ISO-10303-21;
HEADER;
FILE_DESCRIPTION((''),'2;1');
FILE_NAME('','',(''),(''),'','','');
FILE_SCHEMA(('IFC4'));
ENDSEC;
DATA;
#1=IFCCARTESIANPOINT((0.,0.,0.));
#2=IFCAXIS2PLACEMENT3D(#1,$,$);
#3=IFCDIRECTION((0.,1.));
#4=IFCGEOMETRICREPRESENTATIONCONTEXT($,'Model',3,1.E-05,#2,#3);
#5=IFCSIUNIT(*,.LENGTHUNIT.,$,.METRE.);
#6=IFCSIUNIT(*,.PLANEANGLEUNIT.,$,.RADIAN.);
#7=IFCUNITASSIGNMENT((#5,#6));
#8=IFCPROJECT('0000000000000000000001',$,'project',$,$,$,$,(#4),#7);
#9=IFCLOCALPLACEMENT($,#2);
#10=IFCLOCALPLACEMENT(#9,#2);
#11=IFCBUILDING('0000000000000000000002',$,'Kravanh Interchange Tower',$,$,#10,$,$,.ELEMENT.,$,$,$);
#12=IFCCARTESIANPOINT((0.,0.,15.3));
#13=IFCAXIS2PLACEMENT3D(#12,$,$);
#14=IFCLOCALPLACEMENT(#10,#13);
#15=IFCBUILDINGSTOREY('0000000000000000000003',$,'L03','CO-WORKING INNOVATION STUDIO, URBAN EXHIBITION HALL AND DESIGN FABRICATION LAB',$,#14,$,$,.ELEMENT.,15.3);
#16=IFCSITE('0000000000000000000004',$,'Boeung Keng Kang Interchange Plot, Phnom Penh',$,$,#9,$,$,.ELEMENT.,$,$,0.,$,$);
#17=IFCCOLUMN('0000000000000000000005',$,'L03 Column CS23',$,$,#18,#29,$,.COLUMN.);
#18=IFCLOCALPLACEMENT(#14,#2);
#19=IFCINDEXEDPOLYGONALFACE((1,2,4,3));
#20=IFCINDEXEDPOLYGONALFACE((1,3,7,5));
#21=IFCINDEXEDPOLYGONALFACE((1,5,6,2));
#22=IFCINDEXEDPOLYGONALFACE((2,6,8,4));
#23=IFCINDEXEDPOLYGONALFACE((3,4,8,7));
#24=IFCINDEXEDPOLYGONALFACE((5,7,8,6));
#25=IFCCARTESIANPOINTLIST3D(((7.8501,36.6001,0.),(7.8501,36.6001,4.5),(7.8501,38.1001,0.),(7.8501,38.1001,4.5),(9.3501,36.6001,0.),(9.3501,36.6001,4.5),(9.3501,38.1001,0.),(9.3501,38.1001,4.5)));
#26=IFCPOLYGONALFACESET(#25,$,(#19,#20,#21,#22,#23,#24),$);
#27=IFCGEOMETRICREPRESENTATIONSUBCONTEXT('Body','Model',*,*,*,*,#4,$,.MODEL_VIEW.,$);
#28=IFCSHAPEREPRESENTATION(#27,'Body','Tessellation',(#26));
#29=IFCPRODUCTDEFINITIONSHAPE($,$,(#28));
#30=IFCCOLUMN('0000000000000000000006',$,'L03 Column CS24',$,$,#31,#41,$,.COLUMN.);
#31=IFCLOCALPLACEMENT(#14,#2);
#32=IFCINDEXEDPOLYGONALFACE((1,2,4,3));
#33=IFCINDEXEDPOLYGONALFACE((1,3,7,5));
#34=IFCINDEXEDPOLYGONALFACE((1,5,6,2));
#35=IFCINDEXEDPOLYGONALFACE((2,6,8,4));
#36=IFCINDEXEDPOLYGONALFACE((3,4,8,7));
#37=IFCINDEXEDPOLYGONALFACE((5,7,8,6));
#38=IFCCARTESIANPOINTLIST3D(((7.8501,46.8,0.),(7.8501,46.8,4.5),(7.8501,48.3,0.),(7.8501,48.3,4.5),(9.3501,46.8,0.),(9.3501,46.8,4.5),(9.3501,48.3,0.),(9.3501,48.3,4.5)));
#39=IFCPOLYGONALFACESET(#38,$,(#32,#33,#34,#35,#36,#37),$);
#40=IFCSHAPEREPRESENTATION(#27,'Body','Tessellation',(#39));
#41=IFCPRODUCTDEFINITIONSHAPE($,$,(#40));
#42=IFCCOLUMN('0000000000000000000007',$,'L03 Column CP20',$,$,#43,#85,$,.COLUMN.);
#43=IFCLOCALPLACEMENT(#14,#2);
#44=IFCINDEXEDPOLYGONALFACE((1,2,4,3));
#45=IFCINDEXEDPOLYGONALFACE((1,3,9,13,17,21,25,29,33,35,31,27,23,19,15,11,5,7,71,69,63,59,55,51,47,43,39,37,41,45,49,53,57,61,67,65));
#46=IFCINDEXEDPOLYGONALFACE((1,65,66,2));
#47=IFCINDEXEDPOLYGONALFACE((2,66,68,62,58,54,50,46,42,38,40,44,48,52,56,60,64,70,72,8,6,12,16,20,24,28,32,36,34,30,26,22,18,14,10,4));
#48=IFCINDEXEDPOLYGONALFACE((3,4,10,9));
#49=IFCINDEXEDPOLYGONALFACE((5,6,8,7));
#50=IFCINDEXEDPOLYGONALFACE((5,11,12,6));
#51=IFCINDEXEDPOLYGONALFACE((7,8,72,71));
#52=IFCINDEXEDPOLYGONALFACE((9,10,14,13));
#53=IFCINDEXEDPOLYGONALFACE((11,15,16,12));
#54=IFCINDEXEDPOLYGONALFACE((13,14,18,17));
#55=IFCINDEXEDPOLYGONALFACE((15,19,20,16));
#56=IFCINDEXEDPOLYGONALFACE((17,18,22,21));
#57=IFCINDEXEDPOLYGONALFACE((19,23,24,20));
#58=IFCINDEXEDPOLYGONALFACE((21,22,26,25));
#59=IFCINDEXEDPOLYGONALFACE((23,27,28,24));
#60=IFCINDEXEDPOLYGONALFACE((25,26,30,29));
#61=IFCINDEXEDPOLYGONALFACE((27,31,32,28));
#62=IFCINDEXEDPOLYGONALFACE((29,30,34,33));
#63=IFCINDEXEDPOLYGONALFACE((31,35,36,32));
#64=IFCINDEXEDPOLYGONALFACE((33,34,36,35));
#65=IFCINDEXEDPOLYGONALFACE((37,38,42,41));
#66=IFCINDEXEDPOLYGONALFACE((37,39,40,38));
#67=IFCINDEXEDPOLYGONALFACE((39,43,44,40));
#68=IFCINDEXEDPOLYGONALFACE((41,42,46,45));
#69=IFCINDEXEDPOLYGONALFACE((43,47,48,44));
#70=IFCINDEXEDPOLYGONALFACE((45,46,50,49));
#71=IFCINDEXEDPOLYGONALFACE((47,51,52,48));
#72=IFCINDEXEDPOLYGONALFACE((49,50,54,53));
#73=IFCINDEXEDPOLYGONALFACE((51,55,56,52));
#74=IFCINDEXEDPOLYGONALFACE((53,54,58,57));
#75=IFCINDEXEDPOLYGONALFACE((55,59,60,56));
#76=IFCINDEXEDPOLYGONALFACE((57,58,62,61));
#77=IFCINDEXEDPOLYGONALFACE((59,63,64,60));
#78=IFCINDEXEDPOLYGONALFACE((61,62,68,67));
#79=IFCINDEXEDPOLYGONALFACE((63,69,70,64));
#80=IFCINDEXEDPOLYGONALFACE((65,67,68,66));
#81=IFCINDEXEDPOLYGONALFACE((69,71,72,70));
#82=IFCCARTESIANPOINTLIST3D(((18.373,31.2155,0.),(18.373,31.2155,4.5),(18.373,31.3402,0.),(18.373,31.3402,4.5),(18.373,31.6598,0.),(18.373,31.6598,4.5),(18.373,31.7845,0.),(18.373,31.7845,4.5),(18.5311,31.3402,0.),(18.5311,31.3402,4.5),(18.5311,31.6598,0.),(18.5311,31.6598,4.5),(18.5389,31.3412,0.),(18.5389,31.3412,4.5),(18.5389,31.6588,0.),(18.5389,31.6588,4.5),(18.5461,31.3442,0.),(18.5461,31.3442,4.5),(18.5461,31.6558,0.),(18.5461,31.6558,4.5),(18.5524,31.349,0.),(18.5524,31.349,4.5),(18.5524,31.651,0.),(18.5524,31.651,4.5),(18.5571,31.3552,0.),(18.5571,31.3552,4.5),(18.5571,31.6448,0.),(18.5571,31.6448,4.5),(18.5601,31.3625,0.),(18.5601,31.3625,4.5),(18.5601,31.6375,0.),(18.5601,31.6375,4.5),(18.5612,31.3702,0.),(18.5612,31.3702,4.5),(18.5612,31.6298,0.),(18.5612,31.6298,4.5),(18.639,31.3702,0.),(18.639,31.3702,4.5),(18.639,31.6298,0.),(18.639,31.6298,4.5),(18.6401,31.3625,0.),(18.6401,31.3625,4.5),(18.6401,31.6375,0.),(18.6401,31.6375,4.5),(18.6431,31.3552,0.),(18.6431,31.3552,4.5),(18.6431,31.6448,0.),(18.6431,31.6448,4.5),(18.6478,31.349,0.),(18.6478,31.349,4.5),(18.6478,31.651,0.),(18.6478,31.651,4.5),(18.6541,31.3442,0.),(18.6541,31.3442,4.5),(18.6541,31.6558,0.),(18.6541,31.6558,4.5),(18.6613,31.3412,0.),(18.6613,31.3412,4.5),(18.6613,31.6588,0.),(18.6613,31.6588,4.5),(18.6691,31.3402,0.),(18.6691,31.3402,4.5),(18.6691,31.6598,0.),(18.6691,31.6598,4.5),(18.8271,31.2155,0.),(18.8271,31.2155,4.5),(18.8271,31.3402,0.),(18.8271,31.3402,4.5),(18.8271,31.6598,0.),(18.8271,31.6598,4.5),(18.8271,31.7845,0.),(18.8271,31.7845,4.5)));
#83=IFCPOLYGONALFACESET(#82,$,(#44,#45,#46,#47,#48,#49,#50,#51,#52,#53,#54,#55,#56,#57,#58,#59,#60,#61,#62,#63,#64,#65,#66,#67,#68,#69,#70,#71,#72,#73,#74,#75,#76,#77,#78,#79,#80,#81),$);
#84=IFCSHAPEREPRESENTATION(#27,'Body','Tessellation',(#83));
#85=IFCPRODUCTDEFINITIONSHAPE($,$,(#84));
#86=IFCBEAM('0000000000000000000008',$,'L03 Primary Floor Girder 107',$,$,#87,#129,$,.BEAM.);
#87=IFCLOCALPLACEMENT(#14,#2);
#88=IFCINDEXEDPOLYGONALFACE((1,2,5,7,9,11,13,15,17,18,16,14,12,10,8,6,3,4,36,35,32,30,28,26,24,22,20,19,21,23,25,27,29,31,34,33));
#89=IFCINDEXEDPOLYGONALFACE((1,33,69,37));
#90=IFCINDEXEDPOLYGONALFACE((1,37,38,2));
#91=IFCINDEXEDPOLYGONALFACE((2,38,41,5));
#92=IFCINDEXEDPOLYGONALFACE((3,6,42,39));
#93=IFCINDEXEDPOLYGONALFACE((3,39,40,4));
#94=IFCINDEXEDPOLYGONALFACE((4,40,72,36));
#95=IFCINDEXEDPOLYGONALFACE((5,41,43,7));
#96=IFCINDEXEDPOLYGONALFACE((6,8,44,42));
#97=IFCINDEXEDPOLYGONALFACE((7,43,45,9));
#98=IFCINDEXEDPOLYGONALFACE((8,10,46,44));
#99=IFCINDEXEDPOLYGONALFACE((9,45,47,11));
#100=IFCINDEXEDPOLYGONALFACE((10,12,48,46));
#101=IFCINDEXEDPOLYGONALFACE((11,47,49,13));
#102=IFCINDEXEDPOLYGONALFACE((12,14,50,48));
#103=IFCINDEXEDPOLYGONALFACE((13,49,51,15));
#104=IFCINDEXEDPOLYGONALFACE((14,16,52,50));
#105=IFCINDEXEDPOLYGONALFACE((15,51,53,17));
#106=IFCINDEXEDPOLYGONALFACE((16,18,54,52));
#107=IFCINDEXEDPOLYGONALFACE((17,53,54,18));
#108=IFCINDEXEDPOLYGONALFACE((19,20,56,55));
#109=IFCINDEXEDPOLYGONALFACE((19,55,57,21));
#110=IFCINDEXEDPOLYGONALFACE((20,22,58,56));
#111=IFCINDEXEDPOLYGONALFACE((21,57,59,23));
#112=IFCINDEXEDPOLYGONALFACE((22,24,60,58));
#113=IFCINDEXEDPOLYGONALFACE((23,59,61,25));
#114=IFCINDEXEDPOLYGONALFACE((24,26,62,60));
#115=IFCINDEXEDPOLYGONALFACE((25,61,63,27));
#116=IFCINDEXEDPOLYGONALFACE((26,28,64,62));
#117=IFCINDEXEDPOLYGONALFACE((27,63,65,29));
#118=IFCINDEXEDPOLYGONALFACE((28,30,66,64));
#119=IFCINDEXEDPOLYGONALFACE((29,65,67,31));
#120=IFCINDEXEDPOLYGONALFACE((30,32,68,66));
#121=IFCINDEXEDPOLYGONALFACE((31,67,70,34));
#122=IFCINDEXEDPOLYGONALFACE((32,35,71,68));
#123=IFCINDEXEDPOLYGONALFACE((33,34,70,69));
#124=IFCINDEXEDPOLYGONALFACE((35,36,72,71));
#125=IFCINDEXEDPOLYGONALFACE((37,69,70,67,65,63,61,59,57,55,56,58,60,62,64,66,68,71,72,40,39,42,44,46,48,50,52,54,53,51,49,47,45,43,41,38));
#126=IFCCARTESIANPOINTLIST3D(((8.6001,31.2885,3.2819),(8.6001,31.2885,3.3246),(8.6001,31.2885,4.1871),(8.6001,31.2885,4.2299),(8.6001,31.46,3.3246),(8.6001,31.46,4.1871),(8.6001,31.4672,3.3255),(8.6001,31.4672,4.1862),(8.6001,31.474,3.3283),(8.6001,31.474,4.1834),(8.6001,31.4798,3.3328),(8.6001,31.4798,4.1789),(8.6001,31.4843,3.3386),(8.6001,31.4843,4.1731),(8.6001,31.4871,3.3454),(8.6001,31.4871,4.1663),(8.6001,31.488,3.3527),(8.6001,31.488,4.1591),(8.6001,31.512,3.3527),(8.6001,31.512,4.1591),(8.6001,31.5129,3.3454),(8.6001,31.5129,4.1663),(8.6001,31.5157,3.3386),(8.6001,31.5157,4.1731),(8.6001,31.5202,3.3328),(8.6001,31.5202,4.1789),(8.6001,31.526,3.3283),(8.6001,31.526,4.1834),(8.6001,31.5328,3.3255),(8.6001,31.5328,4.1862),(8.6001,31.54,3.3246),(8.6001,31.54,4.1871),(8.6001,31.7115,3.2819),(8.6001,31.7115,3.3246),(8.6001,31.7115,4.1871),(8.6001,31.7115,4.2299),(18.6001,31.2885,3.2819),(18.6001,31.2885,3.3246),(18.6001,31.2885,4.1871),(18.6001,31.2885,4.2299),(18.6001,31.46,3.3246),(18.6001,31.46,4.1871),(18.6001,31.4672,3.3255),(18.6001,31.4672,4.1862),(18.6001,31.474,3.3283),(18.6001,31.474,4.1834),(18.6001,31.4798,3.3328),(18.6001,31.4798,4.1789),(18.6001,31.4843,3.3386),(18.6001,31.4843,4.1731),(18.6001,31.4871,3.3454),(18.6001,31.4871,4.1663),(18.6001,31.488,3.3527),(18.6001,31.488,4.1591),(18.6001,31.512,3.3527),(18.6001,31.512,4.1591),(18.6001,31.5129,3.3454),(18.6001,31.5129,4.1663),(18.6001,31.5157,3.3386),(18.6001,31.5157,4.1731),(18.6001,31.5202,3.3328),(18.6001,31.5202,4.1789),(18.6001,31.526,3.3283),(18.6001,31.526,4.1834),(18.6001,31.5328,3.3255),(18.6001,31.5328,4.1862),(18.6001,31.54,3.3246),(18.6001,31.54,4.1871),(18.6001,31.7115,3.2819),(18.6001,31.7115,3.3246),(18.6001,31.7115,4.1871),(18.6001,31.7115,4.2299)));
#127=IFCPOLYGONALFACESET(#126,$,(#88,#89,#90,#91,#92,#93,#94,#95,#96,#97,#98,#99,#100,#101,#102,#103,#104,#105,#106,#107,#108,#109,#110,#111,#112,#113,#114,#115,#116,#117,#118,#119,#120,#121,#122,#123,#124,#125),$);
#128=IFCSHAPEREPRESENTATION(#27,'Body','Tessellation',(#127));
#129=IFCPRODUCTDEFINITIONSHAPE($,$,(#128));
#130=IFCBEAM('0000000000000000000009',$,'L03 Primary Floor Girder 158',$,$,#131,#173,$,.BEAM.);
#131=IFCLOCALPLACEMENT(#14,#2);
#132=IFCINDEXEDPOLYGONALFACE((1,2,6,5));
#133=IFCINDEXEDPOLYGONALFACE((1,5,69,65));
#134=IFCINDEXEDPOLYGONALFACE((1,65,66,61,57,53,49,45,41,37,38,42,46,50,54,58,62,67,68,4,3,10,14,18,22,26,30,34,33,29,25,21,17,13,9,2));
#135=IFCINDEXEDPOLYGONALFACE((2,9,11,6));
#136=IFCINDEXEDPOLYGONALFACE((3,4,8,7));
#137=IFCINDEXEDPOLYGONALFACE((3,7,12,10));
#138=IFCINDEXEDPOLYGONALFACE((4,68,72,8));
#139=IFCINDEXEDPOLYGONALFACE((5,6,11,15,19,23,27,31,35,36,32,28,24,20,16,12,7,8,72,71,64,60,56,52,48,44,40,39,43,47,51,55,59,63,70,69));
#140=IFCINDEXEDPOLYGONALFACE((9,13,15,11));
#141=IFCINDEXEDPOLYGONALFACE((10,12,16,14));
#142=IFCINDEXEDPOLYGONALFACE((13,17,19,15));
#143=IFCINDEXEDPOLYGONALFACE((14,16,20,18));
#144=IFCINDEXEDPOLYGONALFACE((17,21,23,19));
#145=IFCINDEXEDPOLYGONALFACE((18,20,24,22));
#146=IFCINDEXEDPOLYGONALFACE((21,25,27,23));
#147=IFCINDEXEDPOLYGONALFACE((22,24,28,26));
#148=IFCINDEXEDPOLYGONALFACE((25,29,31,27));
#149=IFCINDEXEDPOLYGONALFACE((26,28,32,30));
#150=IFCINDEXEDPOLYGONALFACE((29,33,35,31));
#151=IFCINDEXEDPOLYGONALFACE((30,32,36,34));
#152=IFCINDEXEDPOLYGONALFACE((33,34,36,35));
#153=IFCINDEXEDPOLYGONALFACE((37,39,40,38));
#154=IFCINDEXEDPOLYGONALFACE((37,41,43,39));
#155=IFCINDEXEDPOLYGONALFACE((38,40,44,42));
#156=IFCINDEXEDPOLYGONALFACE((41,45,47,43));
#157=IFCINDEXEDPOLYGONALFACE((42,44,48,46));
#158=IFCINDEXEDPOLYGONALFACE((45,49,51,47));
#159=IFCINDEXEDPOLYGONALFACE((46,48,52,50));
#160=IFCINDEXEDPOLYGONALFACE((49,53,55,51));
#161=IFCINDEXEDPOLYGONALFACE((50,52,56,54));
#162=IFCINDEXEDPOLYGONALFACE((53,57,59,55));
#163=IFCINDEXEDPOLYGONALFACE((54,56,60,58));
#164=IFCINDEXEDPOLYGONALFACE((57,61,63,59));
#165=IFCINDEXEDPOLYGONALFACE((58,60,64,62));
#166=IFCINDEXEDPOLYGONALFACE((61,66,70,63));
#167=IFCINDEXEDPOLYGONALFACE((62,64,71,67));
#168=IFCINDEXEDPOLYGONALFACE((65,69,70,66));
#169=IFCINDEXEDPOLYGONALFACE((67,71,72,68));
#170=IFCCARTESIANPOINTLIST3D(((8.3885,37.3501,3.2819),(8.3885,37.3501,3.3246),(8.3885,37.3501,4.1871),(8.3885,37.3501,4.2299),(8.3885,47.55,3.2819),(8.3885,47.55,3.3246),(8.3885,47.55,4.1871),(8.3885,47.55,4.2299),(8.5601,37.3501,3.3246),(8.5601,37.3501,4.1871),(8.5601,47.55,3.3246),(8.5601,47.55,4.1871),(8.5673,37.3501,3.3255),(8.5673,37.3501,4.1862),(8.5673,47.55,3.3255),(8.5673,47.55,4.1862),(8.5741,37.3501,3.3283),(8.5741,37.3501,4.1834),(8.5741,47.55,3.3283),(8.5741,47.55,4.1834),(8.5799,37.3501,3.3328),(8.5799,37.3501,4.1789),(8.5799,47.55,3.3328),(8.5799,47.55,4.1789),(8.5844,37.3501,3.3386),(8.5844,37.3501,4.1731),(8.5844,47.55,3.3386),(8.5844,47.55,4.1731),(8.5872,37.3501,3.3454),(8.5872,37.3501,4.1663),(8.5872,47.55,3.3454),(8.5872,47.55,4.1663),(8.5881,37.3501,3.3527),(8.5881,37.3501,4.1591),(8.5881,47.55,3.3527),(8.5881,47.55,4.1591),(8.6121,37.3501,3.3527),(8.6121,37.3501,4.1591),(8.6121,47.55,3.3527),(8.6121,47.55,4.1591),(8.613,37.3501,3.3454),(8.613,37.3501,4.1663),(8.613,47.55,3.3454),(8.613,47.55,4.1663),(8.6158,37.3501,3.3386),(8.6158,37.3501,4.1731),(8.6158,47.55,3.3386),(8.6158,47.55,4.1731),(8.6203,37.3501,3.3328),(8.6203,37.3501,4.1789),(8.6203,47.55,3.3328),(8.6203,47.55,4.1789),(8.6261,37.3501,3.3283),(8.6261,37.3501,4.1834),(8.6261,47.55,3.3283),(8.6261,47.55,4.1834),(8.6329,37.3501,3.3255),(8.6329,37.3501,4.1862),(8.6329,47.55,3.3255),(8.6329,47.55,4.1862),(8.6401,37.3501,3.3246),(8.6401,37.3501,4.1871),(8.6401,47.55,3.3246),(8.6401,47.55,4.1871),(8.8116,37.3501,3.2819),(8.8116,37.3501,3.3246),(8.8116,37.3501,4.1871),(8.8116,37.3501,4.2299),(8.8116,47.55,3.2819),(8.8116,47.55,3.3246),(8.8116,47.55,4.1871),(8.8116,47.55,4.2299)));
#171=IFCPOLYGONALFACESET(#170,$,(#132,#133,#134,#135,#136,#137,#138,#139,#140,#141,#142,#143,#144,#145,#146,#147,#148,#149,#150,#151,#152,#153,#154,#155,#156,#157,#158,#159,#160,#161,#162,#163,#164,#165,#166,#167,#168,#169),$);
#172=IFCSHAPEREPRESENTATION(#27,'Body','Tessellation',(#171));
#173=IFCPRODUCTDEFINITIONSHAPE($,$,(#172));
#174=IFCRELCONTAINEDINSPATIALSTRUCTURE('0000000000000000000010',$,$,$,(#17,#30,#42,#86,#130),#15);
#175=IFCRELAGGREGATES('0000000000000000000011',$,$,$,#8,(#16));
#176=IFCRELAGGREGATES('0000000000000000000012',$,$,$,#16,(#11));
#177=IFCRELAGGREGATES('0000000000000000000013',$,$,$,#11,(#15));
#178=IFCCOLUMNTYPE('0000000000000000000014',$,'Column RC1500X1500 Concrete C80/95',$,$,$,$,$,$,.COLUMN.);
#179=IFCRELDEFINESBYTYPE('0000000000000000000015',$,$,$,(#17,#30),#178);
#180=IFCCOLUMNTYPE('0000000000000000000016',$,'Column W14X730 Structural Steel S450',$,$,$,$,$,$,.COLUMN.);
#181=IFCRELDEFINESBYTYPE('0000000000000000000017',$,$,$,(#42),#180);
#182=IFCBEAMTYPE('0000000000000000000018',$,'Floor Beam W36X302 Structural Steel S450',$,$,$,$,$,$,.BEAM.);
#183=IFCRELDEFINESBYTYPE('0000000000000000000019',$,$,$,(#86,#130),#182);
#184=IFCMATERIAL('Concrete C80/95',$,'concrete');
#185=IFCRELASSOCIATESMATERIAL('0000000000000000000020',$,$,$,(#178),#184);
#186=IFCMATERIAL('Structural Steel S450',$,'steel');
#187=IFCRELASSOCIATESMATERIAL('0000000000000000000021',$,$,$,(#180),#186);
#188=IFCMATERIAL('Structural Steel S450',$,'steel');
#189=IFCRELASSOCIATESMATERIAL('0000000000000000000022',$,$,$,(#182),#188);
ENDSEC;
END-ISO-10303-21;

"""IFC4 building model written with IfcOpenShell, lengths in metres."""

from ifc_helpers import new_model, si_unit, direction, frame, origin, origin_2d, place, context, subcontext, project, spatial, rectangle, i_section, extrude, material, material_profile, profile_set, type_object, element, save


model = new_model("IFC4")

# Units and contexts
model_context = context("Model", 3, precision=1e-05, world=origin(), true_north=direction((0.0, 1.0)))
body_context = subcontext(model_context, "Body", "Model", "MODEL_VIEW")
ifc_project = project(units=[si_unit("LENGTHUNIT", "METRE"), si_unit("PLANEANGLEUNIT", "RADIAN")], contexts=[model_context])

# Site, building, storey
site_placement = place(None, origin())
site = spatial("IfcSite", under=ifc_project, at=site_placement, Name="Boeung Keng Kang Interchange Plot, Phnom Penh", CompositionType="ELEMENT", RefElevation=0.0)
building_placement = place(site_placement, origin())
building = spatial("IfcBuilding", under=site, at=building_placement, Name="Kravanh Interchange Tower", CompositionType="ELEMENT")
storey_placement = place(building_placement, frame((0.0, 0.0, 15.3)))
storey = spatial("IfcBuildingStorey", under=building, at=storey_placement, Name="L03", Description="CO-WORKING INNOVATION STUDIO, URBAN EXHIBITION HALL AND DESIGN FABRICATION LAB", CompositionType="ELEMENT", Elevation=15.3)

# Columns
ifc_material_1 = material(Name="Concrete C80/95", Category="concrete")
ifc_material_profile_1 = material_profile(ifc_material_1, rectangle(XDim=1.5, YDim=1.5, at=origin_2d()), Name="RC1500X1500")
ifc_profile_set_1 = profile_set([ifc_material_profile_1], Name="Concrete C80/95")
column_type_1 = type_object("IfcColumnType", Name="Column RC1500X1500 Concrete C80/95", PredefinedType="COLUMN", material=ifc_profile_set_1)
for number, where, z_axis, x_axis, name in (
    (1, (8.6001, 37.3501, 0.0), (0.0, 0.0, 1.0), (1.0, 0.0, 0.0), "L03 Column CS23"),
    (2, (8.6001, 47.55, 0.0), (0.0, 0.0, 1.0), (1.0, 0.0, 0.0), "L03 Column CS24"),
):
    element("IfcColumn", number, at=place(storey_placement, frame(where, z_axis=z_axis, x_axis=x_axis)), inside=storey, type_object=column_type_1, Name=name, PredefinedType="COLUMN", context=body_context, shape_type="SweptSolid", body=[
        extrude(rectangle(XDim=1.5, YDim=1.5, at=origin_2d()), origin(), (0.0, 0.0, 1.0), 4.5),
    ])
ifc_material_2 = material(Name="Structural Steel S450", Category="steel")
ifc_material_profile_2 = material_profile(ifc_material_2, i_section(OverallWidth=0.4541, OverallDepth=0.5691, WebThickness=0.0779, FlangeThickness=0.1248, FilletRadius=0.03, at=origin_2d()), Name="W14X730")
ifc_profile_set_2 = profile_set([ifc_material_profile_2], Name="Structural Steel S450")
column_type_2 = type_object("IfcColumnType", Name="Column W14X730 Structural Steel S450", PredefinedType="COLUMN", material=ifc_profile_set_2)
column_placement = place(storey_placement, frame((18.6001, 31.5, 0.0), z_axis=(0.0, 0.0, 1.0), x_axis=(1.0, 0.0, 0.0)))
element("IfcColumn", 3, at=column_placement, inside=storey, type_object=column_type_2, Name="L03 Column CP20", PredefinedType="COLUMN", context=body_context, shape_type="SweptSolid", body=[
    extrude(i_section(OverallWidth=0.4541, OverallDepth=0.5691, WebThickness=0.0779, FlangeThickness=0.1248, FilletRadius=0.03, at=origin_2d()), origin(), (0.0, 0.0, 1.0), 4.5),
])

# Beams
ifc_material_3 = material(Name="Structural Steel S450", Category="steel")
ifc_material_profile_3 = material_profile(ifc_material_3, i_section(OverallWidth=0.4231, OverallDepth=0.948, WebThickness=0.0239, FlangeThickness=0.0427, FilletRadius=0.0281, at=origin_2d()), Name="W36X302")
ifc_profile_set_3 = profile_set([ifc_material_profile_3], Name="Structural Steel S450")
beam_type_1 = type_object("IfcBeamType", Name="Floor Beam W36X302 Structural Steel S450", PredefinedType="BEAM", material=ifc_profile_set_3)
beam_1_placement = place(storey_placement, frame((8.6001, 31.5, 3.7559), z_axis=(1.0, 0.0, 0.0), x_axis=(0.0, 1.0, 0.0)))
element("IfcBeam", 4, at=beam_1_placement, inside=storey, type_object=beam_type_1, Name="L03 Primary Floor Girder 107", PredefinedType="BEAM", context=body_context, shape_type="SweptSolid", body=[
    extrude(i_section(OverallWidth=0.4231, OverallDepth=0.948, WebThickness=0.0239, FlangeThickness=0.0427, FilletRadius=0.0281, at=origin_2d()), origin(), (0.0, 0.0, 1.0), 10.0),
])
beam_2_placement = place(storey_placement, frame((8.6001, 37.3501, 3.7559), z_axis=(0.0, 1.0, 0.0), x_axis=(-1.0, 0.0, 0.0)))
element("IfcBeam", 5, at=beam_2_placement, inside=storey, type_object=beam_type_1, Name="L03 Primary Floor Girder 158", PredefinedType="BEAM", context=body_context, shape_type="SweptSolid", body=[
    extrude(i_section(OverallWidth=0.4231, OverallDepth=0.948, WebThickness=0.0239, FlangeThickness=0.0427, FilletRadius=0.0281, at=origin_2d()), origin(), (0.0, 0.0, 1.0), 10.2),
])

save(model, "model.ifc")
